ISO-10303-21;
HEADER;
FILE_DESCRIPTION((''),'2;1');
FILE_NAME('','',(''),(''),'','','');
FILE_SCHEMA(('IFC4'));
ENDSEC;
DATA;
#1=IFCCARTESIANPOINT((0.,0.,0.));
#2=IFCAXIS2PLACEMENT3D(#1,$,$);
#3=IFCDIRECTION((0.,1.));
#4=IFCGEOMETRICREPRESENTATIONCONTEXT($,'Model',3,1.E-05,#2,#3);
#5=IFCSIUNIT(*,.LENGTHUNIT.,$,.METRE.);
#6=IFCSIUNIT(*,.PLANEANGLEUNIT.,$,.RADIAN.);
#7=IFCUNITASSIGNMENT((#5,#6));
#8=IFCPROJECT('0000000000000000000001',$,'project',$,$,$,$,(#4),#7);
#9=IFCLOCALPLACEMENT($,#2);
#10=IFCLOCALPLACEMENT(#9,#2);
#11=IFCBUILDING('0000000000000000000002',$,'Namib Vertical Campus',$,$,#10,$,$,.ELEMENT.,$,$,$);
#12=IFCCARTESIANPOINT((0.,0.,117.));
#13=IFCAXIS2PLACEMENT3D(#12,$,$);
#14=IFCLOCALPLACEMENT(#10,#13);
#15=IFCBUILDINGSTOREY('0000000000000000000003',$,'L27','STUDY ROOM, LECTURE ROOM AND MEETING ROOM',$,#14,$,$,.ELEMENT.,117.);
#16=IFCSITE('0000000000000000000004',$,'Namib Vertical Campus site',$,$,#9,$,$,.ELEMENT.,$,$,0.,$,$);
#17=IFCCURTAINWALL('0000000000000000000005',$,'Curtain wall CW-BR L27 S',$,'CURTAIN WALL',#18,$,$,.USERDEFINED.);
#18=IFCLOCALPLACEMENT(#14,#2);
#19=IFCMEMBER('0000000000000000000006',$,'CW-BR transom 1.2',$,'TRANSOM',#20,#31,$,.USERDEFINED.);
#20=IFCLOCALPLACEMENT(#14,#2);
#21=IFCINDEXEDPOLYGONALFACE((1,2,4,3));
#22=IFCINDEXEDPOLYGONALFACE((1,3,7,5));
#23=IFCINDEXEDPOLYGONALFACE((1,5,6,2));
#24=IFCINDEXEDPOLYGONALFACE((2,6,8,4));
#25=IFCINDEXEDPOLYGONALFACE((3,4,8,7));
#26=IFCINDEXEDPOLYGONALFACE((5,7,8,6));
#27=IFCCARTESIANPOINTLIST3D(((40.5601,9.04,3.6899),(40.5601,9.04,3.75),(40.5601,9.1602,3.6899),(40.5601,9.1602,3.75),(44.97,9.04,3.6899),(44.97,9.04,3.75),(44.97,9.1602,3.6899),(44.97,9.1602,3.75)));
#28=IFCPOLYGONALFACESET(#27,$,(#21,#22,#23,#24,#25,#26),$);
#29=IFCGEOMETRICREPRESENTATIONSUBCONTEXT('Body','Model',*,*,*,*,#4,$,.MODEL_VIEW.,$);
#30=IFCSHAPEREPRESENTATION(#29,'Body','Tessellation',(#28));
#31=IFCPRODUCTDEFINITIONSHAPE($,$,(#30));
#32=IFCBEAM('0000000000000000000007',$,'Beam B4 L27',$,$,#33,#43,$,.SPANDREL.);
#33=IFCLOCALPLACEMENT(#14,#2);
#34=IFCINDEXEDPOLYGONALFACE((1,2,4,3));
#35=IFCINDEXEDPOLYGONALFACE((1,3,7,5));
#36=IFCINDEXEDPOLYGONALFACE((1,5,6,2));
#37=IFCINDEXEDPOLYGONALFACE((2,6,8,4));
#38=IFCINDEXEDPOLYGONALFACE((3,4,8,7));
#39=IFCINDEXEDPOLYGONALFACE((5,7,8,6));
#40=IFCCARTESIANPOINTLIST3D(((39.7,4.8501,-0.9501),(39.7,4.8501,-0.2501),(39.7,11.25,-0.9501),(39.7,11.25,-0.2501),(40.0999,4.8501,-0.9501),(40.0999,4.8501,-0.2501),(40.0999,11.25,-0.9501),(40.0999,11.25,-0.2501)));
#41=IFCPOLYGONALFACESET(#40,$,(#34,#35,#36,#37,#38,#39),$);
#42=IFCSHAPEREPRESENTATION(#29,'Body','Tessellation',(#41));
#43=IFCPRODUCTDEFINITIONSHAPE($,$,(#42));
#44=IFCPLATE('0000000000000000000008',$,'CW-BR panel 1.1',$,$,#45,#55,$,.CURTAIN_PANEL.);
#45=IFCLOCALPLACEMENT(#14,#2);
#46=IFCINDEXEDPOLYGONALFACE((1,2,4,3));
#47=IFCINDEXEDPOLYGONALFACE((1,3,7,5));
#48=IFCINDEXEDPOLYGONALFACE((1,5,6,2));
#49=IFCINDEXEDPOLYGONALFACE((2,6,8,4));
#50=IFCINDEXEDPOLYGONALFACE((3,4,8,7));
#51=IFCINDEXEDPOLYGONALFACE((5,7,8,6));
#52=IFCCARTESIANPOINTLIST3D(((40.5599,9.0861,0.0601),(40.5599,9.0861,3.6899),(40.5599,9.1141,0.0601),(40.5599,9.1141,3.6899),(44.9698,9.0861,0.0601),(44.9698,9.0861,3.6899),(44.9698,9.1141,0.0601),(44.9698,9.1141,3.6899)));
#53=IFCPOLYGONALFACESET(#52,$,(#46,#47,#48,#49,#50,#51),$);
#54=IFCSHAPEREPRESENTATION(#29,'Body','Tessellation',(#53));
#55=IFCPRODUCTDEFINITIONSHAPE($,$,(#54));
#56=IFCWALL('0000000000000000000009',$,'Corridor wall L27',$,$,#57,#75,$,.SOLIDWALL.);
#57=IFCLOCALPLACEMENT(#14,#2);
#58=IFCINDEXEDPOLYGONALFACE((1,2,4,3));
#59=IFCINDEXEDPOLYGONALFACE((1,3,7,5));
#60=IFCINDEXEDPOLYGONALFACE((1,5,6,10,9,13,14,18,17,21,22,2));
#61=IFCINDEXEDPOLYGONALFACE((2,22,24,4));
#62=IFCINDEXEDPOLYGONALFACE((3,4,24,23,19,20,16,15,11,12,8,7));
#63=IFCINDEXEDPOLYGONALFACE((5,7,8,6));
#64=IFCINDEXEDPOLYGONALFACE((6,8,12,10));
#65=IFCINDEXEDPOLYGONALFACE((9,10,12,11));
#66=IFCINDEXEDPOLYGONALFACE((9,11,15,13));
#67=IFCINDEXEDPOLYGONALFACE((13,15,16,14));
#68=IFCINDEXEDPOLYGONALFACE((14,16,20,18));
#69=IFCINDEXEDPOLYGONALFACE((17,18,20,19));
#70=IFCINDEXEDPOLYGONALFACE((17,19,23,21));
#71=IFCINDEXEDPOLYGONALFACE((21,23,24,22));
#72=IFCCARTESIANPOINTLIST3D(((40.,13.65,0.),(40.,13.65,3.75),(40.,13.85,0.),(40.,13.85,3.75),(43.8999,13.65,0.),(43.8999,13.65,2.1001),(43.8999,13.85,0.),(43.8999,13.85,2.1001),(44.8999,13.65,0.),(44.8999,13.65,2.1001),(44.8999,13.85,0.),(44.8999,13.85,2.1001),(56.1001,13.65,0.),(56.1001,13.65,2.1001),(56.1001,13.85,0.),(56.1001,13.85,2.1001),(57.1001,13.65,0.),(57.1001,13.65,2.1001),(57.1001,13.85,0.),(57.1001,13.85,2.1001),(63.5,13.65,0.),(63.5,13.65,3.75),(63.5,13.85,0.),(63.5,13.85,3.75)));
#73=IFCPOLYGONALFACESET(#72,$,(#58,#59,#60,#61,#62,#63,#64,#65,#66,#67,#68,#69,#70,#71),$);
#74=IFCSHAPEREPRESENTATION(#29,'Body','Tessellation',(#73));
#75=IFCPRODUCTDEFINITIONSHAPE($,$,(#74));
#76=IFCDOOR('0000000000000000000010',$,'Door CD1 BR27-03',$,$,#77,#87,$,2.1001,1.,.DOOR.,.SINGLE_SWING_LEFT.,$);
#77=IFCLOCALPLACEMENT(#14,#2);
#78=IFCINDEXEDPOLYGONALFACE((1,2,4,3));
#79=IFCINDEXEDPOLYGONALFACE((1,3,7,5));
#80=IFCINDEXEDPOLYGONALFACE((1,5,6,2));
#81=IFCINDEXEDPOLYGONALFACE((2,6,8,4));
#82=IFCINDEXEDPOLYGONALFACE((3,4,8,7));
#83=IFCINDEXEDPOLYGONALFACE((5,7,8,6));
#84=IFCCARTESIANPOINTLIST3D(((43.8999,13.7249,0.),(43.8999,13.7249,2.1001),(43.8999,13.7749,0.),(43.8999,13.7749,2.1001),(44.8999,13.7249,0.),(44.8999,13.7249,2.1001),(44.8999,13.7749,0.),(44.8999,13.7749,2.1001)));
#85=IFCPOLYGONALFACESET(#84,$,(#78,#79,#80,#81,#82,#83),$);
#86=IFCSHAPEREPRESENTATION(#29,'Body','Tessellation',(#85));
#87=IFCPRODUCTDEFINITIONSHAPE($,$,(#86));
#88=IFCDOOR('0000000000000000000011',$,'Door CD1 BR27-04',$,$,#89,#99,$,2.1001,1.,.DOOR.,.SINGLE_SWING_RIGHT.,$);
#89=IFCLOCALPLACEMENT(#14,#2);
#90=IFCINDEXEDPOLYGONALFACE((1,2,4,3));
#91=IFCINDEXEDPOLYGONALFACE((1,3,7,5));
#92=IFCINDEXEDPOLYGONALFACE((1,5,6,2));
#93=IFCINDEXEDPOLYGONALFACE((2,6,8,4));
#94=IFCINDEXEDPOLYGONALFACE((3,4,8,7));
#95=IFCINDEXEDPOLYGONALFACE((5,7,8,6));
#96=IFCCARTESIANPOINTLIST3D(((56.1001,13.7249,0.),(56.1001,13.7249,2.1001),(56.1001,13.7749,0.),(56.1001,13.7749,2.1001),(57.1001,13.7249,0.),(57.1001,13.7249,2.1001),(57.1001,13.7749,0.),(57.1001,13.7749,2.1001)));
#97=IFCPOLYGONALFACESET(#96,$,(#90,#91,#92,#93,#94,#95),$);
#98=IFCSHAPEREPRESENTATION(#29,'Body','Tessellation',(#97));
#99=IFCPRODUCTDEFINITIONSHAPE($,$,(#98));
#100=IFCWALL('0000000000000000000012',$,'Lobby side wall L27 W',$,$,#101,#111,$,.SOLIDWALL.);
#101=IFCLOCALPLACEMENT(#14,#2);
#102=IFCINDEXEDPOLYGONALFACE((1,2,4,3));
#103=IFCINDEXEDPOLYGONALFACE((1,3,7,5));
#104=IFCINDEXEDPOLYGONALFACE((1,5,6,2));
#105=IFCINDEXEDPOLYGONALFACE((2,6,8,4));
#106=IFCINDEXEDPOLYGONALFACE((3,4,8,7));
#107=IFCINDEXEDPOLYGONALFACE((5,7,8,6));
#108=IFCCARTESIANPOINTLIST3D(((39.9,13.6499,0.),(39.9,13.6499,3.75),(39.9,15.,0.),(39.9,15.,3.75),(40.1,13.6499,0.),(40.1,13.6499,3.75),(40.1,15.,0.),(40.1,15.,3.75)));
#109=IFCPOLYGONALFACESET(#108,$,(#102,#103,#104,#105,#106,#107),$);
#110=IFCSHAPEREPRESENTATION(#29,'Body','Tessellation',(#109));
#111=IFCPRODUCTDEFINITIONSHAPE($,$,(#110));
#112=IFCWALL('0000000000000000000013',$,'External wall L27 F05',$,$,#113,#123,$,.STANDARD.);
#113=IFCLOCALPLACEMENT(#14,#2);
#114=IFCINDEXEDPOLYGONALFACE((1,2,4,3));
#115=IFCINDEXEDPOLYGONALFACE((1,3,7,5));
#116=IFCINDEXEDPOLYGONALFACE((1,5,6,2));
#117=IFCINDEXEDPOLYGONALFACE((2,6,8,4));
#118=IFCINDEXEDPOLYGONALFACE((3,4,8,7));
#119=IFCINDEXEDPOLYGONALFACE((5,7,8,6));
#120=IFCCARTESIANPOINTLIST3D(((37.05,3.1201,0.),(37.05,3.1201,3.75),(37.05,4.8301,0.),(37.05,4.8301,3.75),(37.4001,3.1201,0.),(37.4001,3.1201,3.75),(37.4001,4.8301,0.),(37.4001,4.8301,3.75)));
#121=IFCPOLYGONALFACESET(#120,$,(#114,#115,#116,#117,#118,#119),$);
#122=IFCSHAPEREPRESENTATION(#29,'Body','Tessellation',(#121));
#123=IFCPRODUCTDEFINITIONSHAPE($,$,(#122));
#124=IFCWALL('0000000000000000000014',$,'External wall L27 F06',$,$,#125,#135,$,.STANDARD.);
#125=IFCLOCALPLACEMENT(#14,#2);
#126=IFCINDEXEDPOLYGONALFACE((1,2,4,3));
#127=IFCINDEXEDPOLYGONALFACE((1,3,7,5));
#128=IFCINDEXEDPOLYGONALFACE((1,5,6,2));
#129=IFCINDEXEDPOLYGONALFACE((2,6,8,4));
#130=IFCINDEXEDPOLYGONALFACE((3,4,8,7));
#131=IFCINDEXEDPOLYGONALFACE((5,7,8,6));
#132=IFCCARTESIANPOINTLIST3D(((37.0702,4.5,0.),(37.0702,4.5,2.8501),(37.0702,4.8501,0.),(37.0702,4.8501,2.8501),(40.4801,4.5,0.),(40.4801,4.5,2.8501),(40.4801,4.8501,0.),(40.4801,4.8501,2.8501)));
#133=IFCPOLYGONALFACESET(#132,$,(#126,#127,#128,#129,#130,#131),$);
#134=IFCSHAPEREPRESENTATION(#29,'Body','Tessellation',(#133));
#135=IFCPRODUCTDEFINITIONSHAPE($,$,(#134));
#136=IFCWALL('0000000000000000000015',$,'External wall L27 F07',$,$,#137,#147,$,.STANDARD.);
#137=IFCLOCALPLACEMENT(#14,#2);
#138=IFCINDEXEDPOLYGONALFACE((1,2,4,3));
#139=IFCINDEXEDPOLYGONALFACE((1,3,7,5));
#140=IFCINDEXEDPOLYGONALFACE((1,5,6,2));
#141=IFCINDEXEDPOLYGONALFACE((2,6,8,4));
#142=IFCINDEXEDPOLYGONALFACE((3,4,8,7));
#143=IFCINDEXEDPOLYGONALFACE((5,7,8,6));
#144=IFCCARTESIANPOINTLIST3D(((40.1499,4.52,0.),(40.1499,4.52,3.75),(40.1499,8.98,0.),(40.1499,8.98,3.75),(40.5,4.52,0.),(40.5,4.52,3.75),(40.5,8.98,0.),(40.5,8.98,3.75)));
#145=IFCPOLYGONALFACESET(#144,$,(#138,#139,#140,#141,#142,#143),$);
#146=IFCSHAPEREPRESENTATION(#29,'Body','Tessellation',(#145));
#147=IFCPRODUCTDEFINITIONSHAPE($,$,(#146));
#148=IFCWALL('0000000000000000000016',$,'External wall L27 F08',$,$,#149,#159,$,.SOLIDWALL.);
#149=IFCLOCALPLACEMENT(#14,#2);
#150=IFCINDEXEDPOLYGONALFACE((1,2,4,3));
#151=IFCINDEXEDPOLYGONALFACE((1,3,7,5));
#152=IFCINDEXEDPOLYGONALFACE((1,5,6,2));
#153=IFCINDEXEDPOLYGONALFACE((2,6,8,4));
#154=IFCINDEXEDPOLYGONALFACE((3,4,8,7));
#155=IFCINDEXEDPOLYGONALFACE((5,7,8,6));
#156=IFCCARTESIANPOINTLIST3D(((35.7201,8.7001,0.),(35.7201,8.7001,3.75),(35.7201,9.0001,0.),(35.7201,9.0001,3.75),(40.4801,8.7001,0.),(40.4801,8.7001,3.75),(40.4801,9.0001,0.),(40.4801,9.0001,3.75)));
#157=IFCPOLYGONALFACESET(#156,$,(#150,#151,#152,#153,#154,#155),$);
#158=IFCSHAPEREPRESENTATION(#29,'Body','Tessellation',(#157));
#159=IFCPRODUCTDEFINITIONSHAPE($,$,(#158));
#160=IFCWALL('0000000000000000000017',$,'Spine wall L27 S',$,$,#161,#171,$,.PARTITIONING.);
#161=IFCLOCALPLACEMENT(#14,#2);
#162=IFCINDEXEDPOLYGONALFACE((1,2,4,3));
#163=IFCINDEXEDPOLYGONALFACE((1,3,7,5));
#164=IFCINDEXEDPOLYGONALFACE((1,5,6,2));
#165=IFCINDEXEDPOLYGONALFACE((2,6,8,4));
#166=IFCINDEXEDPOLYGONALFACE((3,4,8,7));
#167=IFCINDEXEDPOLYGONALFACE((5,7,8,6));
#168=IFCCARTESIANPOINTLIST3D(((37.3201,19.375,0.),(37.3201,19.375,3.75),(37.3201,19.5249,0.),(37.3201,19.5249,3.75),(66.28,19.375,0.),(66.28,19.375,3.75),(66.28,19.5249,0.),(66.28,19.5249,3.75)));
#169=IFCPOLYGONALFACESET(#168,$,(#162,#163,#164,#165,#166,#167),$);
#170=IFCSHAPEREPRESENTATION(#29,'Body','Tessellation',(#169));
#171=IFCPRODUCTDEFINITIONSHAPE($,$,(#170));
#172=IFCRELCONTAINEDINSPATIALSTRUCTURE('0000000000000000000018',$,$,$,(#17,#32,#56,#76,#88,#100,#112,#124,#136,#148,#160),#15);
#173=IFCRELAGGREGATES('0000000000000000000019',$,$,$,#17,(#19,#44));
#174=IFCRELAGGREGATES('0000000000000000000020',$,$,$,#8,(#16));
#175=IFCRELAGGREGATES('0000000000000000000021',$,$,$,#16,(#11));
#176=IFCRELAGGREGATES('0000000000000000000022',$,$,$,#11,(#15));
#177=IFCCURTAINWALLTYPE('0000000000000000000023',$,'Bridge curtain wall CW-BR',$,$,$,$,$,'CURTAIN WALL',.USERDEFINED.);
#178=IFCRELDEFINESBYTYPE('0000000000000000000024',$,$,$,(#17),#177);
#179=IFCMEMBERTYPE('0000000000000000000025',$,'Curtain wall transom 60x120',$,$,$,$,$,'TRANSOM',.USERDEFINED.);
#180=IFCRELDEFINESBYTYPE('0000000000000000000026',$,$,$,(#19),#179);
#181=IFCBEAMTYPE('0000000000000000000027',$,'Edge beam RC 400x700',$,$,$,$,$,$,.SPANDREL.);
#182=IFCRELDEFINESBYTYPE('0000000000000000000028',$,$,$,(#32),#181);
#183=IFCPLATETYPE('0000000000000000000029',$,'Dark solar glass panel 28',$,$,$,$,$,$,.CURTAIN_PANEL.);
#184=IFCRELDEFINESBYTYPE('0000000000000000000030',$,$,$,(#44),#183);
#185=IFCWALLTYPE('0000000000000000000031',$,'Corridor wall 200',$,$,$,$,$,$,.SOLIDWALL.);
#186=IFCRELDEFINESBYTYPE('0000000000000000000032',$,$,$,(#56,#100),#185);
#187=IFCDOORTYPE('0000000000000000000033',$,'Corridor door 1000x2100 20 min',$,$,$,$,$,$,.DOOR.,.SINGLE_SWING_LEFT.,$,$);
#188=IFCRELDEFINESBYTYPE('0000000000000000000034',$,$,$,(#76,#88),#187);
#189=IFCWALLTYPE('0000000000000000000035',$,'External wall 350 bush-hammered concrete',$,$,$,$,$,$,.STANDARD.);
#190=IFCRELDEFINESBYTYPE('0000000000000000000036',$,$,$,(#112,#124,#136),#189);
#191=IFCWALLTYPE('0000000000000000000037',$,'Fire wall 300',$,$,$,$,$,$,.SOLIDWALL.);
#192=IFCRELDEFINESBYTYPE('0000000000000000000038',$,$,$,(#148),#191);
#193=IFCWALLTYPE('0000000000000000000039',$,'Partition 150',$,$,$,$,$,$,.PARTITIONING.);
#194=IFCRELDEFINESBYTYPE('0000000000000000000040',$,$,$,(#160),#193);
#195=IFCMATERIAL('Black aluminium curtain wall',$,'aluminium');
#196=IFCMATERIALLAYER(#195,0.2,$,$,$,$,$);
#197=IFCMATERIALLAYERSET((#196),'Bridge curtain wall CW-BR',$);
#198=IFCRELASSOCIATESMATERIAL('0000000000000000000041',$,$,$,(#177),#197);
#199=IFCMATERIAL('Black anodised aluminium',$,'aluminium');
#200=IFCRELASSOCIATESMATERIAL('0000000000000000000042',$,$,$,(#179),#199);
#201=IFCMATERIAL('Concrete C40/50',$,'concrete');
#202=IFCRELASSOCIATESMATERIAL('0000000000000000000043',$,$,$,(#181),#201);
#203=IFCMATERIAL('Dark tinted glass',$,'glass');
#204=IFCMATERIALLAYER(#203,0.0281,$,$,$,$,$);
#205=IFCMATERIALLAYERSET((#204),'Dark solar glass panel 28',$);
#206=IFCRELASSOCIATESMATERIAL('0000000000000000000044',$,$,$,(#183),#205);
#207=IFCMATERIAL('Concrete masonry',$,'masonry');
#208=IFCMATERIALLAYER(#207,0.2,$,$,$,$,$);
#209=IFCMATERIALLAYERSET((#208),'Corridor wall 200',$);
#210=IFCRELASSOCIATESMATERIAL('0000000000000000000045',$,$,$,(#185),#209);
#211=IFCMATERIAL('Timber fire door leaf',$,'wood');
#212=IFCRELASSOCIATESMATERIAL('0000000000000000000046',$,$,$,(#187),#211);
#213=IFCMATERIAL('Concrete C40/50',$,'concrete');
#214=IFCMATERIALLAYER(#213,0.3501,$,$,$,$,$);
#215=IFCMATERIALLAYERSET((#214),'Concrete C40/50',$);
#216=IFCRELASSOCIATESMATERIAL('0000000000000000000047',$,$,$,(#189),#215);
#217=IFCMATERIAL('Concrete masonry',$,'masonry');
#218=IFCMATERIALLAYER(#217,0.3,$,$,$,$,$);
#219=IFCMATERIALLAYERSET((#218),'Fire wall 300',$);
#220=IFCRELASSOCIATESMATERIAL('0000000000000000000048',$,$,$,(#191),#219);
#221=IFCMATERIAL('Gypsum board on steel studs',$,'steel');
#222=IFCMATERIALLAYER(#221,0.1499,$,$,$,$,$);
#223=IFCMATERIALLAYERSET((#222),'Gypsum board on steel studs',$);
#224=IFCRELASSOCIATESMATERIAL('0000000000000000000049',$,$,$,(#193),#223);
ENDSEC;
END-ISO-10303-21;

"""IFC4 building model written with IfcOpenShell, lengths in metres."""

from ifc_helpers import new_model, si_unit, direction, frame, frame_2d, origin, origin_2d, place, context, subcontext, project, spatial, rectangle, extrude, material, layer, layer_set, material_profile, profile_set, type_object, element, fill, aggregate, save


model = new_model("IFC4")

# Units and contexts
model_context = context("Model", 3, precision=1e-05, world=origin(), true_north=direction((0.0, 1.0)))
body_context = subcontext(model_context, "Body", "Model", "MODEL_VIEW")
ifc_project = project(units=[si_unit("LENGTHUNIT", "METRE"), si_unit("PLANEANGLEUNIT", "RADIAN")], contexts=[model_context])

# Site, building, storey
site_placement = place(None, origin())
site = spatial("IfcSite", under=ifc_project, at=site_placement, Name="Namib Vertical Campus site", CompositionType="ELEMENT", RefElevation=0.0)
building_placement = place(site_placement, origin())
building = spatial("IfcBuilding", under=site, at=building_placement, Name="Namib Vertical Campus", CompositionType="ELEMENT")
storey_placement = place(building_placement, frame((0.0, 0.0, 117.0)))
storey = spatial("IfcBuildingStorey", under=building, at=storey_placement, Name="L27", Description="STUDY ROOM, LECTURE ROOM AND MEETING ROOM", CompositionType="ELEMENT", Elevation=117.0)

# Curtain wall, member
ifc_material_1 = material(Name="Black aluminium curtain wall", Category="aluminium")
ifc_layer_1 = layer(ifc_material_1, 0.2)
ifc_layer_set_1 = layer_set([ifc_layer_1], Name="Bridge curtain wall CW-BR")
curtain_wall_type = type_object("IfcCurtainWallType", Name="Bridge curtain wall CW-BR", ElementType="CURTAIN WALL", PredefinedType="USERDEFINED", material=ifc_layer_set_1)
curtain_wall_placement = place(storey_placement, origin())
curtain_wall = element("IfcCurtainWall", 1, at=curtain_wall_placement, inside=storey, type_object=curtain_wall_type, Name="Curtain wall CW-BR L27 S", ObjectType="CURTAIN WALL", PredefinedType="USERDEFINED")
ifc_material_2 = material(Name="Black anodised aluminium", Category="aluminium")
ifc_material_profile_1 = material_profile(ifc_material_2, rectangle(XDim=0.0601, YDim=0.1201, at=origin_2d()))
ifc_profile_set_1 = profile_set([ifc_material_profile_1], Name="Black anodised aluminium")
member_type_1 = type_object("IfcMemberType", Name="Curtain wall transom 60x120", ElementType="TRANSOM", PredefinedType="USERDEFINED", material=ifc_profile_set_1)
member_1_placement = place(storey_placement, frame((40.5601, 9.1001, 3.72), z_axis=(1.0, 0.0, 0.0), x_axis=(0.0, 0.0, 1.0)))
member_1 = element("IfcMember", 2, at=member_1_placement, type_object=member_type_1, Name="CW-BR transom 1.2", ObjectType="TRANSOM", PredefinedType="USERDEFINED", context=body_context, shape_type="SweptSolid", body=[
    extrude(rectangle(XDim=0.0601, YDim=0.1201, at=origin_2d()), origin(), (0.0, 0.0, 1.0), 4.4099),
])

# Beam
ifc_material_3 = material(Name="Concrete C40/50", Category="concrete")
ifc_material_profile_2 = material_profile(ifc_material_3, rectangle(XDim=0.3999, YDim=0.7, at=origin_2d()))
ifc_profile_set_2 = profile_set([ifc_material_profile_2], Name="Concrete C40/50")
beam_type_1 = type_object("IfcBeamType", Name="Edge beam RC 400x700", PredefinedType="SPANDREL", material=ifc_profile_set_2)
beam_placement = place(storey_placement, frame((39.8999, 4.8501, -0.6001), z_axis=(0.0, 1.0, 0.0), x_axis=(-1.0, 0.0, 0.0)))
element("IfcBeam", 3, at=beam_placement, inside=storey, type_object=beam_type_1, Name="Beam B4 L27", PredefinedType="SPANDREL", context=body_context, shape_type="SweptSolid", body=[
    extrude(rectangle(XDim=0.3999, YDim=0.7, at=origin_2d()), origin(), (0.0, 0.0, 1.0), 6.3999),
])

# Plate
ifc_material_4 = material(Name="Dark tinted glass", Category="glass")
ifc_layer_2 = layer(ifc_material_4, 0.0281)
ifc_layer_set_2 = layer_set([ifc_layer_2], Name="Dark solar glass panel 28")
plate_type = type_object("IfcPlateType", Name="Dark solar glass panel 28", PredefinedType="CURTAIN_PANEL", material=ifc_layer_set_2)
plate_placement = place(storey_placement, frame((42.7649, 9.1001, 0.0601), z_axis=(0.0, 0.0, 1.0), x_axis=(1.0, 0.0, 0.0)))
plate = element("IfcPlate", 4, at=plate_placement, type_object=plate_type, Name="CW-BR panel 1.1", PredefinedType="CURTAIN_PANEL", context=body_context, shape_type="SweptSolid", body=[
    extrude(rectangle(XDim=4.4099, YDim=0.0281, at=origin_2d()), origin(), (0.0, 0.0, 1.0), 3.6299),
])
aggregate(curtain_wall, [member_1, plate])

# Wall, openings, doors
ifc_material_5 = material(Name="Concrete masonry", Category="masonry")
ifc_layer_3 = layer(ifc_material_5, 0.2)
ifc_layer_set_3 = layer_set([ifc_layer_3], Name="Corridor wall 200")
wall_type_1 = type_object("IfcWallType", Name="Corridor wall 200", PredefinedType="SOLIDWALL", material=ifc_layer_set_3)
wall_1_placement = place(storey_placement, frame((40.0, 13.75, 0.0), z_axis=(0.0, 0.0, 1.0), x_axis=(1.0, 0.0, 0.0)))
wall_1 = element("IfcWall", 5, at=wall_1_placement, inside=storey, type_object=wall_type_1, Name="Corridor wall L27", PredefinedType="SOLIDWALL", context=body_context, shape_type="SweptSolid", body=[
    extrude(rectangle(XDim=23.5, YDim=0.2, at=frame_2d((11.75, 0.0))), origin(), (0.0, 0.0, 1.0), 3.75),
])
opening_1_placement = place(wall_1_placement, frame((3.8999, 0.0, 0.0)))
opening_1 = element("IfcOpeningElement", 6, at=opening_1_placement, cuts=wall_1, PredefinedType="OPENING", context=body_context, shape_type="SweptSolid", body=[
    extrude(rectangle(XDim=1.0, YDim=2.1001, at=frame_2d((0.5, 1.05))), frame((0.0, 0.1099, 0.0), z_axis=(0.0, -1.0, 0.0), x_axis=(1.0, 0.0, 0.0)), (0.0, 0.0, 1.0), 0.22),
])
opening_2_placement = place(wall_1_placement, frame((16.1001, 0.0, 0.0)))
opening_2 = element("IfcOpeningElement", 7, at=opening_2_placement, cuts=wall_1, PredefinedType="OPENING", context=body_context, shape_type="SweptSolid", body=[
    extrude(rectangle(XDim=1.0, YDim=2.1001, at=frame_2d((0.5, 1.05))), frame((0.0, 0.1099, 0.0), z_axis=(0.0, -1.0, 0.0), x_axis=(1.0, 0.0, 0.0)), (0.0, 0.0, 1.0), 0.22),
])
ifc_material_6 = material(Name="Timber fire door leaf", Category="wood")
door_type = type_object("IfcDoorType", Name="Corridor door 1000x2100 20 min", OperationType="SINGLE_SWING_LEFT", PredefinedType="DOOR", material=ifc_material_6)
door_1_placement = place(opening_1_placement, origin())
door_1 = element("IfcDoor", 8, at=door_1_placement, inside=storey, type_object=door_type, Name="Door CD1 BR27-03", OperationType="SINGLE_SWING_LEFT", OverallHeight=2.1001, OverallWidth=1.0, PredefinedType="DOOR", context=body_context, shape_type="SweptSolid", body=[
    extrude(rectangle(XDim=1.0, YDim=2.1001, at=frame_2d((0.5, 1.05))), frame((0.0, 0.0249, 0.0), z_axis=(0.0, -1.0, 0.0), x_axis=(1.0, 0.0, 0.0)), (0.0, 0.0, 1.0), 0.05),
])
fill(opening_1, door_1)
door_2_placement = place(opening_2_placement, origin())
door_2 = element("IfcDoor", 9, at=door_2_placement, inside=storey, type_object=door_type, Name="Door CD1 BR27-04", OperationType="SINGLE_SWING_RIGHT", OverallHeight=2.1001, OverallWidth=1.0, PredefinedType="DOOR", context=body_context, shape_type="SweptSolid", body=[
    extrude(rectangle(XDim=1.0, YDim=2.1001, at=frame_2d((0.5, 1.05))), frame((0.0, 0.0249, 0.0), z_axis=(0.0, -1.0, 0.0), x_axis=(1.0, 0.0, 0.0)), (0.0, 0.0, 1.0), 0.05),
])
fill(opening_2, door_2)

# Walls
wall_2_placement = place(storey_placement, frame((40.0, 13.6499, 0.0), z_axis=(0.0, 0.0, 1.0), x_axis=(0.0, 1.0, 0.0)))
element("IfcWall", 10, at=wall_2_placement, inside=storey, type_object=wall_type_1, Name="Lobby side wall L27 W", PredefinedType="SOLIDWALL", context=body_context, shape_type="SweptSolid", body=[
    extrude(rectangle(XDim=1.3501, YDim=0.2, at=frame_2d((0.675, 0.0))), origin(), (0.0, 0.0, 1.0), 3.75),
])
ifc_material_7 = material(Name="Concrete C40/50", Category="concrete")
ifc_layer_4 = layer(ifc_material_7, 0.3501)
ifc_layer_set_4 = layer_set([ifc_layer_4], Name="Concrete C40/50")
wall_type_2 = type_object("IfcWallType", Name="External wall 350 bush-hammered concrete", PredefinedType="STANDARD", material=ifc_layer_set_4)
wall_3_placement = place(storey_placement, frame((37.2251, 3.1201, 0.0), z_axis=(0.0, 0.0, 1.0), x_axis=(0.0, 1.0, 0.0)))
element("IfcWall", 11, at=wall_3_placement, inside=storey, type_object=wall_type_2, Name="External wall L27 F05", PredefinedType="STANDARD", context=body_context, shape_type="SweptSolid", body=[
    extrude(rectangle(XDim=1.71, YDim=0.3501, at=frame_2d((0.855, 0.0))), origin(), (0.0, 0.0, 1.0), 3.75),
])
wall_4_placement = place(storey_placement, frame((37.0701, 4.675, 0.0), z_axis=(0.0, 0.0, 1.0), x_axis=(1.0, 0.0, 0.0)))
element("IfcWall", 12, at=wall_4_placement, inside=storey, type_object=wall_type_2, Name="External wall L27 F06", PredefinedType="STANDARD", context=body_context, shape_type="SweptSolid", body=[
    extrude(rectangle(XDim=3.4099, YDim=0.3501, at=frame_2d((1.7051, 0.0))), origin(), (0.0, 0.0, 1.0), 2.8501),
])
wall_5_placement = place(storey_placement, frame((40.325, 4.52, 0.0), z_axis=(0.0, 0.0, 1.0), x_axis=(0.0, 1.0, 0.0)))
element("IfcWall", 13, at=wall_5_placement, inside=storey, type_object=wall_type_2, Name="External wall L27 F07", PredefinedType="STANDARD", context=body_context, shape_type="SweptSolid", body=[
    extrude(rectangle(XDim=4.46, YDim=0.3501, at=frame_2d((2.23, 0.0))), origin(), (0.0, 0.0, 1.0), 3.75),
])
ifc_material_8 = material(Name="Concrete masonry", Category="masonry")
ifc_layer_5 = layer(ifc_material_8, 0.3)
ifc_layer_set_5 = layer_set([ifc_layer_5], Name="Fire wall 300")
wall_type_3 = type_object("IfcWallType", Name="Fire wall 300", PredefinedType="SOLIDWALL", material=ifc_layer_set_5)
wall_6_placement = place(storey_placement, frame((40.48, 8.8501, 0.0), z_axis=(0.0, 0.0, 1.0), x_axis=(-1.0, 0.0, 0.0)))
element("IfcWall", 14, at=wall_6_placement, inside=storey, type_object=wall_type_3, Name="External wall L27 F08", PredefinedType="SOLIDWALL", context=body_context, shape_type="SweptSolid", body=[
    extrude(rectangle(XDim=4.76, YDim=0.3, at=frame_2d((2.3799, 0.0))), origin(), (0.0, 0.0, 1.0), 3.75),
])
ifc_material_9 = material(Name="Gypsum board on steel studs", Category="steel")
ifc_layer_6 = layer(ifc_material_9, 0.1499)
ifc_layer_set_6 = layer_set([ifc_layer_6], Name="Gypsum board on steel studs")
wall_type_4 = type_object("IfcWallType", Name="Partition 150", PredefinedType="PARTITIONING", material=ifc_layer_set_6)
wall_7_placement = place(storey_placement, frame((37.3201, 19.45, 0.0), z_axis=(0.0, 0.0, 1.0), x_axis=(1.0, 0.0, 0.0)))
element("IfcWall", 15, at=wall_7_placement, inside=storey, type_object=wall_type_4, Name="Spine wall L27 S", PredefinedType="PARTITIONING", context=body_context, shape_type="SweptSolid", body=[
    extrude(rectangle(XDim=28.96, YDim=0.1499, at=frame_2d((14.48, 0.0))), origin(), (0.0, 0.0, 1.0), 3.75),
])

save(model, "model.ifc")
